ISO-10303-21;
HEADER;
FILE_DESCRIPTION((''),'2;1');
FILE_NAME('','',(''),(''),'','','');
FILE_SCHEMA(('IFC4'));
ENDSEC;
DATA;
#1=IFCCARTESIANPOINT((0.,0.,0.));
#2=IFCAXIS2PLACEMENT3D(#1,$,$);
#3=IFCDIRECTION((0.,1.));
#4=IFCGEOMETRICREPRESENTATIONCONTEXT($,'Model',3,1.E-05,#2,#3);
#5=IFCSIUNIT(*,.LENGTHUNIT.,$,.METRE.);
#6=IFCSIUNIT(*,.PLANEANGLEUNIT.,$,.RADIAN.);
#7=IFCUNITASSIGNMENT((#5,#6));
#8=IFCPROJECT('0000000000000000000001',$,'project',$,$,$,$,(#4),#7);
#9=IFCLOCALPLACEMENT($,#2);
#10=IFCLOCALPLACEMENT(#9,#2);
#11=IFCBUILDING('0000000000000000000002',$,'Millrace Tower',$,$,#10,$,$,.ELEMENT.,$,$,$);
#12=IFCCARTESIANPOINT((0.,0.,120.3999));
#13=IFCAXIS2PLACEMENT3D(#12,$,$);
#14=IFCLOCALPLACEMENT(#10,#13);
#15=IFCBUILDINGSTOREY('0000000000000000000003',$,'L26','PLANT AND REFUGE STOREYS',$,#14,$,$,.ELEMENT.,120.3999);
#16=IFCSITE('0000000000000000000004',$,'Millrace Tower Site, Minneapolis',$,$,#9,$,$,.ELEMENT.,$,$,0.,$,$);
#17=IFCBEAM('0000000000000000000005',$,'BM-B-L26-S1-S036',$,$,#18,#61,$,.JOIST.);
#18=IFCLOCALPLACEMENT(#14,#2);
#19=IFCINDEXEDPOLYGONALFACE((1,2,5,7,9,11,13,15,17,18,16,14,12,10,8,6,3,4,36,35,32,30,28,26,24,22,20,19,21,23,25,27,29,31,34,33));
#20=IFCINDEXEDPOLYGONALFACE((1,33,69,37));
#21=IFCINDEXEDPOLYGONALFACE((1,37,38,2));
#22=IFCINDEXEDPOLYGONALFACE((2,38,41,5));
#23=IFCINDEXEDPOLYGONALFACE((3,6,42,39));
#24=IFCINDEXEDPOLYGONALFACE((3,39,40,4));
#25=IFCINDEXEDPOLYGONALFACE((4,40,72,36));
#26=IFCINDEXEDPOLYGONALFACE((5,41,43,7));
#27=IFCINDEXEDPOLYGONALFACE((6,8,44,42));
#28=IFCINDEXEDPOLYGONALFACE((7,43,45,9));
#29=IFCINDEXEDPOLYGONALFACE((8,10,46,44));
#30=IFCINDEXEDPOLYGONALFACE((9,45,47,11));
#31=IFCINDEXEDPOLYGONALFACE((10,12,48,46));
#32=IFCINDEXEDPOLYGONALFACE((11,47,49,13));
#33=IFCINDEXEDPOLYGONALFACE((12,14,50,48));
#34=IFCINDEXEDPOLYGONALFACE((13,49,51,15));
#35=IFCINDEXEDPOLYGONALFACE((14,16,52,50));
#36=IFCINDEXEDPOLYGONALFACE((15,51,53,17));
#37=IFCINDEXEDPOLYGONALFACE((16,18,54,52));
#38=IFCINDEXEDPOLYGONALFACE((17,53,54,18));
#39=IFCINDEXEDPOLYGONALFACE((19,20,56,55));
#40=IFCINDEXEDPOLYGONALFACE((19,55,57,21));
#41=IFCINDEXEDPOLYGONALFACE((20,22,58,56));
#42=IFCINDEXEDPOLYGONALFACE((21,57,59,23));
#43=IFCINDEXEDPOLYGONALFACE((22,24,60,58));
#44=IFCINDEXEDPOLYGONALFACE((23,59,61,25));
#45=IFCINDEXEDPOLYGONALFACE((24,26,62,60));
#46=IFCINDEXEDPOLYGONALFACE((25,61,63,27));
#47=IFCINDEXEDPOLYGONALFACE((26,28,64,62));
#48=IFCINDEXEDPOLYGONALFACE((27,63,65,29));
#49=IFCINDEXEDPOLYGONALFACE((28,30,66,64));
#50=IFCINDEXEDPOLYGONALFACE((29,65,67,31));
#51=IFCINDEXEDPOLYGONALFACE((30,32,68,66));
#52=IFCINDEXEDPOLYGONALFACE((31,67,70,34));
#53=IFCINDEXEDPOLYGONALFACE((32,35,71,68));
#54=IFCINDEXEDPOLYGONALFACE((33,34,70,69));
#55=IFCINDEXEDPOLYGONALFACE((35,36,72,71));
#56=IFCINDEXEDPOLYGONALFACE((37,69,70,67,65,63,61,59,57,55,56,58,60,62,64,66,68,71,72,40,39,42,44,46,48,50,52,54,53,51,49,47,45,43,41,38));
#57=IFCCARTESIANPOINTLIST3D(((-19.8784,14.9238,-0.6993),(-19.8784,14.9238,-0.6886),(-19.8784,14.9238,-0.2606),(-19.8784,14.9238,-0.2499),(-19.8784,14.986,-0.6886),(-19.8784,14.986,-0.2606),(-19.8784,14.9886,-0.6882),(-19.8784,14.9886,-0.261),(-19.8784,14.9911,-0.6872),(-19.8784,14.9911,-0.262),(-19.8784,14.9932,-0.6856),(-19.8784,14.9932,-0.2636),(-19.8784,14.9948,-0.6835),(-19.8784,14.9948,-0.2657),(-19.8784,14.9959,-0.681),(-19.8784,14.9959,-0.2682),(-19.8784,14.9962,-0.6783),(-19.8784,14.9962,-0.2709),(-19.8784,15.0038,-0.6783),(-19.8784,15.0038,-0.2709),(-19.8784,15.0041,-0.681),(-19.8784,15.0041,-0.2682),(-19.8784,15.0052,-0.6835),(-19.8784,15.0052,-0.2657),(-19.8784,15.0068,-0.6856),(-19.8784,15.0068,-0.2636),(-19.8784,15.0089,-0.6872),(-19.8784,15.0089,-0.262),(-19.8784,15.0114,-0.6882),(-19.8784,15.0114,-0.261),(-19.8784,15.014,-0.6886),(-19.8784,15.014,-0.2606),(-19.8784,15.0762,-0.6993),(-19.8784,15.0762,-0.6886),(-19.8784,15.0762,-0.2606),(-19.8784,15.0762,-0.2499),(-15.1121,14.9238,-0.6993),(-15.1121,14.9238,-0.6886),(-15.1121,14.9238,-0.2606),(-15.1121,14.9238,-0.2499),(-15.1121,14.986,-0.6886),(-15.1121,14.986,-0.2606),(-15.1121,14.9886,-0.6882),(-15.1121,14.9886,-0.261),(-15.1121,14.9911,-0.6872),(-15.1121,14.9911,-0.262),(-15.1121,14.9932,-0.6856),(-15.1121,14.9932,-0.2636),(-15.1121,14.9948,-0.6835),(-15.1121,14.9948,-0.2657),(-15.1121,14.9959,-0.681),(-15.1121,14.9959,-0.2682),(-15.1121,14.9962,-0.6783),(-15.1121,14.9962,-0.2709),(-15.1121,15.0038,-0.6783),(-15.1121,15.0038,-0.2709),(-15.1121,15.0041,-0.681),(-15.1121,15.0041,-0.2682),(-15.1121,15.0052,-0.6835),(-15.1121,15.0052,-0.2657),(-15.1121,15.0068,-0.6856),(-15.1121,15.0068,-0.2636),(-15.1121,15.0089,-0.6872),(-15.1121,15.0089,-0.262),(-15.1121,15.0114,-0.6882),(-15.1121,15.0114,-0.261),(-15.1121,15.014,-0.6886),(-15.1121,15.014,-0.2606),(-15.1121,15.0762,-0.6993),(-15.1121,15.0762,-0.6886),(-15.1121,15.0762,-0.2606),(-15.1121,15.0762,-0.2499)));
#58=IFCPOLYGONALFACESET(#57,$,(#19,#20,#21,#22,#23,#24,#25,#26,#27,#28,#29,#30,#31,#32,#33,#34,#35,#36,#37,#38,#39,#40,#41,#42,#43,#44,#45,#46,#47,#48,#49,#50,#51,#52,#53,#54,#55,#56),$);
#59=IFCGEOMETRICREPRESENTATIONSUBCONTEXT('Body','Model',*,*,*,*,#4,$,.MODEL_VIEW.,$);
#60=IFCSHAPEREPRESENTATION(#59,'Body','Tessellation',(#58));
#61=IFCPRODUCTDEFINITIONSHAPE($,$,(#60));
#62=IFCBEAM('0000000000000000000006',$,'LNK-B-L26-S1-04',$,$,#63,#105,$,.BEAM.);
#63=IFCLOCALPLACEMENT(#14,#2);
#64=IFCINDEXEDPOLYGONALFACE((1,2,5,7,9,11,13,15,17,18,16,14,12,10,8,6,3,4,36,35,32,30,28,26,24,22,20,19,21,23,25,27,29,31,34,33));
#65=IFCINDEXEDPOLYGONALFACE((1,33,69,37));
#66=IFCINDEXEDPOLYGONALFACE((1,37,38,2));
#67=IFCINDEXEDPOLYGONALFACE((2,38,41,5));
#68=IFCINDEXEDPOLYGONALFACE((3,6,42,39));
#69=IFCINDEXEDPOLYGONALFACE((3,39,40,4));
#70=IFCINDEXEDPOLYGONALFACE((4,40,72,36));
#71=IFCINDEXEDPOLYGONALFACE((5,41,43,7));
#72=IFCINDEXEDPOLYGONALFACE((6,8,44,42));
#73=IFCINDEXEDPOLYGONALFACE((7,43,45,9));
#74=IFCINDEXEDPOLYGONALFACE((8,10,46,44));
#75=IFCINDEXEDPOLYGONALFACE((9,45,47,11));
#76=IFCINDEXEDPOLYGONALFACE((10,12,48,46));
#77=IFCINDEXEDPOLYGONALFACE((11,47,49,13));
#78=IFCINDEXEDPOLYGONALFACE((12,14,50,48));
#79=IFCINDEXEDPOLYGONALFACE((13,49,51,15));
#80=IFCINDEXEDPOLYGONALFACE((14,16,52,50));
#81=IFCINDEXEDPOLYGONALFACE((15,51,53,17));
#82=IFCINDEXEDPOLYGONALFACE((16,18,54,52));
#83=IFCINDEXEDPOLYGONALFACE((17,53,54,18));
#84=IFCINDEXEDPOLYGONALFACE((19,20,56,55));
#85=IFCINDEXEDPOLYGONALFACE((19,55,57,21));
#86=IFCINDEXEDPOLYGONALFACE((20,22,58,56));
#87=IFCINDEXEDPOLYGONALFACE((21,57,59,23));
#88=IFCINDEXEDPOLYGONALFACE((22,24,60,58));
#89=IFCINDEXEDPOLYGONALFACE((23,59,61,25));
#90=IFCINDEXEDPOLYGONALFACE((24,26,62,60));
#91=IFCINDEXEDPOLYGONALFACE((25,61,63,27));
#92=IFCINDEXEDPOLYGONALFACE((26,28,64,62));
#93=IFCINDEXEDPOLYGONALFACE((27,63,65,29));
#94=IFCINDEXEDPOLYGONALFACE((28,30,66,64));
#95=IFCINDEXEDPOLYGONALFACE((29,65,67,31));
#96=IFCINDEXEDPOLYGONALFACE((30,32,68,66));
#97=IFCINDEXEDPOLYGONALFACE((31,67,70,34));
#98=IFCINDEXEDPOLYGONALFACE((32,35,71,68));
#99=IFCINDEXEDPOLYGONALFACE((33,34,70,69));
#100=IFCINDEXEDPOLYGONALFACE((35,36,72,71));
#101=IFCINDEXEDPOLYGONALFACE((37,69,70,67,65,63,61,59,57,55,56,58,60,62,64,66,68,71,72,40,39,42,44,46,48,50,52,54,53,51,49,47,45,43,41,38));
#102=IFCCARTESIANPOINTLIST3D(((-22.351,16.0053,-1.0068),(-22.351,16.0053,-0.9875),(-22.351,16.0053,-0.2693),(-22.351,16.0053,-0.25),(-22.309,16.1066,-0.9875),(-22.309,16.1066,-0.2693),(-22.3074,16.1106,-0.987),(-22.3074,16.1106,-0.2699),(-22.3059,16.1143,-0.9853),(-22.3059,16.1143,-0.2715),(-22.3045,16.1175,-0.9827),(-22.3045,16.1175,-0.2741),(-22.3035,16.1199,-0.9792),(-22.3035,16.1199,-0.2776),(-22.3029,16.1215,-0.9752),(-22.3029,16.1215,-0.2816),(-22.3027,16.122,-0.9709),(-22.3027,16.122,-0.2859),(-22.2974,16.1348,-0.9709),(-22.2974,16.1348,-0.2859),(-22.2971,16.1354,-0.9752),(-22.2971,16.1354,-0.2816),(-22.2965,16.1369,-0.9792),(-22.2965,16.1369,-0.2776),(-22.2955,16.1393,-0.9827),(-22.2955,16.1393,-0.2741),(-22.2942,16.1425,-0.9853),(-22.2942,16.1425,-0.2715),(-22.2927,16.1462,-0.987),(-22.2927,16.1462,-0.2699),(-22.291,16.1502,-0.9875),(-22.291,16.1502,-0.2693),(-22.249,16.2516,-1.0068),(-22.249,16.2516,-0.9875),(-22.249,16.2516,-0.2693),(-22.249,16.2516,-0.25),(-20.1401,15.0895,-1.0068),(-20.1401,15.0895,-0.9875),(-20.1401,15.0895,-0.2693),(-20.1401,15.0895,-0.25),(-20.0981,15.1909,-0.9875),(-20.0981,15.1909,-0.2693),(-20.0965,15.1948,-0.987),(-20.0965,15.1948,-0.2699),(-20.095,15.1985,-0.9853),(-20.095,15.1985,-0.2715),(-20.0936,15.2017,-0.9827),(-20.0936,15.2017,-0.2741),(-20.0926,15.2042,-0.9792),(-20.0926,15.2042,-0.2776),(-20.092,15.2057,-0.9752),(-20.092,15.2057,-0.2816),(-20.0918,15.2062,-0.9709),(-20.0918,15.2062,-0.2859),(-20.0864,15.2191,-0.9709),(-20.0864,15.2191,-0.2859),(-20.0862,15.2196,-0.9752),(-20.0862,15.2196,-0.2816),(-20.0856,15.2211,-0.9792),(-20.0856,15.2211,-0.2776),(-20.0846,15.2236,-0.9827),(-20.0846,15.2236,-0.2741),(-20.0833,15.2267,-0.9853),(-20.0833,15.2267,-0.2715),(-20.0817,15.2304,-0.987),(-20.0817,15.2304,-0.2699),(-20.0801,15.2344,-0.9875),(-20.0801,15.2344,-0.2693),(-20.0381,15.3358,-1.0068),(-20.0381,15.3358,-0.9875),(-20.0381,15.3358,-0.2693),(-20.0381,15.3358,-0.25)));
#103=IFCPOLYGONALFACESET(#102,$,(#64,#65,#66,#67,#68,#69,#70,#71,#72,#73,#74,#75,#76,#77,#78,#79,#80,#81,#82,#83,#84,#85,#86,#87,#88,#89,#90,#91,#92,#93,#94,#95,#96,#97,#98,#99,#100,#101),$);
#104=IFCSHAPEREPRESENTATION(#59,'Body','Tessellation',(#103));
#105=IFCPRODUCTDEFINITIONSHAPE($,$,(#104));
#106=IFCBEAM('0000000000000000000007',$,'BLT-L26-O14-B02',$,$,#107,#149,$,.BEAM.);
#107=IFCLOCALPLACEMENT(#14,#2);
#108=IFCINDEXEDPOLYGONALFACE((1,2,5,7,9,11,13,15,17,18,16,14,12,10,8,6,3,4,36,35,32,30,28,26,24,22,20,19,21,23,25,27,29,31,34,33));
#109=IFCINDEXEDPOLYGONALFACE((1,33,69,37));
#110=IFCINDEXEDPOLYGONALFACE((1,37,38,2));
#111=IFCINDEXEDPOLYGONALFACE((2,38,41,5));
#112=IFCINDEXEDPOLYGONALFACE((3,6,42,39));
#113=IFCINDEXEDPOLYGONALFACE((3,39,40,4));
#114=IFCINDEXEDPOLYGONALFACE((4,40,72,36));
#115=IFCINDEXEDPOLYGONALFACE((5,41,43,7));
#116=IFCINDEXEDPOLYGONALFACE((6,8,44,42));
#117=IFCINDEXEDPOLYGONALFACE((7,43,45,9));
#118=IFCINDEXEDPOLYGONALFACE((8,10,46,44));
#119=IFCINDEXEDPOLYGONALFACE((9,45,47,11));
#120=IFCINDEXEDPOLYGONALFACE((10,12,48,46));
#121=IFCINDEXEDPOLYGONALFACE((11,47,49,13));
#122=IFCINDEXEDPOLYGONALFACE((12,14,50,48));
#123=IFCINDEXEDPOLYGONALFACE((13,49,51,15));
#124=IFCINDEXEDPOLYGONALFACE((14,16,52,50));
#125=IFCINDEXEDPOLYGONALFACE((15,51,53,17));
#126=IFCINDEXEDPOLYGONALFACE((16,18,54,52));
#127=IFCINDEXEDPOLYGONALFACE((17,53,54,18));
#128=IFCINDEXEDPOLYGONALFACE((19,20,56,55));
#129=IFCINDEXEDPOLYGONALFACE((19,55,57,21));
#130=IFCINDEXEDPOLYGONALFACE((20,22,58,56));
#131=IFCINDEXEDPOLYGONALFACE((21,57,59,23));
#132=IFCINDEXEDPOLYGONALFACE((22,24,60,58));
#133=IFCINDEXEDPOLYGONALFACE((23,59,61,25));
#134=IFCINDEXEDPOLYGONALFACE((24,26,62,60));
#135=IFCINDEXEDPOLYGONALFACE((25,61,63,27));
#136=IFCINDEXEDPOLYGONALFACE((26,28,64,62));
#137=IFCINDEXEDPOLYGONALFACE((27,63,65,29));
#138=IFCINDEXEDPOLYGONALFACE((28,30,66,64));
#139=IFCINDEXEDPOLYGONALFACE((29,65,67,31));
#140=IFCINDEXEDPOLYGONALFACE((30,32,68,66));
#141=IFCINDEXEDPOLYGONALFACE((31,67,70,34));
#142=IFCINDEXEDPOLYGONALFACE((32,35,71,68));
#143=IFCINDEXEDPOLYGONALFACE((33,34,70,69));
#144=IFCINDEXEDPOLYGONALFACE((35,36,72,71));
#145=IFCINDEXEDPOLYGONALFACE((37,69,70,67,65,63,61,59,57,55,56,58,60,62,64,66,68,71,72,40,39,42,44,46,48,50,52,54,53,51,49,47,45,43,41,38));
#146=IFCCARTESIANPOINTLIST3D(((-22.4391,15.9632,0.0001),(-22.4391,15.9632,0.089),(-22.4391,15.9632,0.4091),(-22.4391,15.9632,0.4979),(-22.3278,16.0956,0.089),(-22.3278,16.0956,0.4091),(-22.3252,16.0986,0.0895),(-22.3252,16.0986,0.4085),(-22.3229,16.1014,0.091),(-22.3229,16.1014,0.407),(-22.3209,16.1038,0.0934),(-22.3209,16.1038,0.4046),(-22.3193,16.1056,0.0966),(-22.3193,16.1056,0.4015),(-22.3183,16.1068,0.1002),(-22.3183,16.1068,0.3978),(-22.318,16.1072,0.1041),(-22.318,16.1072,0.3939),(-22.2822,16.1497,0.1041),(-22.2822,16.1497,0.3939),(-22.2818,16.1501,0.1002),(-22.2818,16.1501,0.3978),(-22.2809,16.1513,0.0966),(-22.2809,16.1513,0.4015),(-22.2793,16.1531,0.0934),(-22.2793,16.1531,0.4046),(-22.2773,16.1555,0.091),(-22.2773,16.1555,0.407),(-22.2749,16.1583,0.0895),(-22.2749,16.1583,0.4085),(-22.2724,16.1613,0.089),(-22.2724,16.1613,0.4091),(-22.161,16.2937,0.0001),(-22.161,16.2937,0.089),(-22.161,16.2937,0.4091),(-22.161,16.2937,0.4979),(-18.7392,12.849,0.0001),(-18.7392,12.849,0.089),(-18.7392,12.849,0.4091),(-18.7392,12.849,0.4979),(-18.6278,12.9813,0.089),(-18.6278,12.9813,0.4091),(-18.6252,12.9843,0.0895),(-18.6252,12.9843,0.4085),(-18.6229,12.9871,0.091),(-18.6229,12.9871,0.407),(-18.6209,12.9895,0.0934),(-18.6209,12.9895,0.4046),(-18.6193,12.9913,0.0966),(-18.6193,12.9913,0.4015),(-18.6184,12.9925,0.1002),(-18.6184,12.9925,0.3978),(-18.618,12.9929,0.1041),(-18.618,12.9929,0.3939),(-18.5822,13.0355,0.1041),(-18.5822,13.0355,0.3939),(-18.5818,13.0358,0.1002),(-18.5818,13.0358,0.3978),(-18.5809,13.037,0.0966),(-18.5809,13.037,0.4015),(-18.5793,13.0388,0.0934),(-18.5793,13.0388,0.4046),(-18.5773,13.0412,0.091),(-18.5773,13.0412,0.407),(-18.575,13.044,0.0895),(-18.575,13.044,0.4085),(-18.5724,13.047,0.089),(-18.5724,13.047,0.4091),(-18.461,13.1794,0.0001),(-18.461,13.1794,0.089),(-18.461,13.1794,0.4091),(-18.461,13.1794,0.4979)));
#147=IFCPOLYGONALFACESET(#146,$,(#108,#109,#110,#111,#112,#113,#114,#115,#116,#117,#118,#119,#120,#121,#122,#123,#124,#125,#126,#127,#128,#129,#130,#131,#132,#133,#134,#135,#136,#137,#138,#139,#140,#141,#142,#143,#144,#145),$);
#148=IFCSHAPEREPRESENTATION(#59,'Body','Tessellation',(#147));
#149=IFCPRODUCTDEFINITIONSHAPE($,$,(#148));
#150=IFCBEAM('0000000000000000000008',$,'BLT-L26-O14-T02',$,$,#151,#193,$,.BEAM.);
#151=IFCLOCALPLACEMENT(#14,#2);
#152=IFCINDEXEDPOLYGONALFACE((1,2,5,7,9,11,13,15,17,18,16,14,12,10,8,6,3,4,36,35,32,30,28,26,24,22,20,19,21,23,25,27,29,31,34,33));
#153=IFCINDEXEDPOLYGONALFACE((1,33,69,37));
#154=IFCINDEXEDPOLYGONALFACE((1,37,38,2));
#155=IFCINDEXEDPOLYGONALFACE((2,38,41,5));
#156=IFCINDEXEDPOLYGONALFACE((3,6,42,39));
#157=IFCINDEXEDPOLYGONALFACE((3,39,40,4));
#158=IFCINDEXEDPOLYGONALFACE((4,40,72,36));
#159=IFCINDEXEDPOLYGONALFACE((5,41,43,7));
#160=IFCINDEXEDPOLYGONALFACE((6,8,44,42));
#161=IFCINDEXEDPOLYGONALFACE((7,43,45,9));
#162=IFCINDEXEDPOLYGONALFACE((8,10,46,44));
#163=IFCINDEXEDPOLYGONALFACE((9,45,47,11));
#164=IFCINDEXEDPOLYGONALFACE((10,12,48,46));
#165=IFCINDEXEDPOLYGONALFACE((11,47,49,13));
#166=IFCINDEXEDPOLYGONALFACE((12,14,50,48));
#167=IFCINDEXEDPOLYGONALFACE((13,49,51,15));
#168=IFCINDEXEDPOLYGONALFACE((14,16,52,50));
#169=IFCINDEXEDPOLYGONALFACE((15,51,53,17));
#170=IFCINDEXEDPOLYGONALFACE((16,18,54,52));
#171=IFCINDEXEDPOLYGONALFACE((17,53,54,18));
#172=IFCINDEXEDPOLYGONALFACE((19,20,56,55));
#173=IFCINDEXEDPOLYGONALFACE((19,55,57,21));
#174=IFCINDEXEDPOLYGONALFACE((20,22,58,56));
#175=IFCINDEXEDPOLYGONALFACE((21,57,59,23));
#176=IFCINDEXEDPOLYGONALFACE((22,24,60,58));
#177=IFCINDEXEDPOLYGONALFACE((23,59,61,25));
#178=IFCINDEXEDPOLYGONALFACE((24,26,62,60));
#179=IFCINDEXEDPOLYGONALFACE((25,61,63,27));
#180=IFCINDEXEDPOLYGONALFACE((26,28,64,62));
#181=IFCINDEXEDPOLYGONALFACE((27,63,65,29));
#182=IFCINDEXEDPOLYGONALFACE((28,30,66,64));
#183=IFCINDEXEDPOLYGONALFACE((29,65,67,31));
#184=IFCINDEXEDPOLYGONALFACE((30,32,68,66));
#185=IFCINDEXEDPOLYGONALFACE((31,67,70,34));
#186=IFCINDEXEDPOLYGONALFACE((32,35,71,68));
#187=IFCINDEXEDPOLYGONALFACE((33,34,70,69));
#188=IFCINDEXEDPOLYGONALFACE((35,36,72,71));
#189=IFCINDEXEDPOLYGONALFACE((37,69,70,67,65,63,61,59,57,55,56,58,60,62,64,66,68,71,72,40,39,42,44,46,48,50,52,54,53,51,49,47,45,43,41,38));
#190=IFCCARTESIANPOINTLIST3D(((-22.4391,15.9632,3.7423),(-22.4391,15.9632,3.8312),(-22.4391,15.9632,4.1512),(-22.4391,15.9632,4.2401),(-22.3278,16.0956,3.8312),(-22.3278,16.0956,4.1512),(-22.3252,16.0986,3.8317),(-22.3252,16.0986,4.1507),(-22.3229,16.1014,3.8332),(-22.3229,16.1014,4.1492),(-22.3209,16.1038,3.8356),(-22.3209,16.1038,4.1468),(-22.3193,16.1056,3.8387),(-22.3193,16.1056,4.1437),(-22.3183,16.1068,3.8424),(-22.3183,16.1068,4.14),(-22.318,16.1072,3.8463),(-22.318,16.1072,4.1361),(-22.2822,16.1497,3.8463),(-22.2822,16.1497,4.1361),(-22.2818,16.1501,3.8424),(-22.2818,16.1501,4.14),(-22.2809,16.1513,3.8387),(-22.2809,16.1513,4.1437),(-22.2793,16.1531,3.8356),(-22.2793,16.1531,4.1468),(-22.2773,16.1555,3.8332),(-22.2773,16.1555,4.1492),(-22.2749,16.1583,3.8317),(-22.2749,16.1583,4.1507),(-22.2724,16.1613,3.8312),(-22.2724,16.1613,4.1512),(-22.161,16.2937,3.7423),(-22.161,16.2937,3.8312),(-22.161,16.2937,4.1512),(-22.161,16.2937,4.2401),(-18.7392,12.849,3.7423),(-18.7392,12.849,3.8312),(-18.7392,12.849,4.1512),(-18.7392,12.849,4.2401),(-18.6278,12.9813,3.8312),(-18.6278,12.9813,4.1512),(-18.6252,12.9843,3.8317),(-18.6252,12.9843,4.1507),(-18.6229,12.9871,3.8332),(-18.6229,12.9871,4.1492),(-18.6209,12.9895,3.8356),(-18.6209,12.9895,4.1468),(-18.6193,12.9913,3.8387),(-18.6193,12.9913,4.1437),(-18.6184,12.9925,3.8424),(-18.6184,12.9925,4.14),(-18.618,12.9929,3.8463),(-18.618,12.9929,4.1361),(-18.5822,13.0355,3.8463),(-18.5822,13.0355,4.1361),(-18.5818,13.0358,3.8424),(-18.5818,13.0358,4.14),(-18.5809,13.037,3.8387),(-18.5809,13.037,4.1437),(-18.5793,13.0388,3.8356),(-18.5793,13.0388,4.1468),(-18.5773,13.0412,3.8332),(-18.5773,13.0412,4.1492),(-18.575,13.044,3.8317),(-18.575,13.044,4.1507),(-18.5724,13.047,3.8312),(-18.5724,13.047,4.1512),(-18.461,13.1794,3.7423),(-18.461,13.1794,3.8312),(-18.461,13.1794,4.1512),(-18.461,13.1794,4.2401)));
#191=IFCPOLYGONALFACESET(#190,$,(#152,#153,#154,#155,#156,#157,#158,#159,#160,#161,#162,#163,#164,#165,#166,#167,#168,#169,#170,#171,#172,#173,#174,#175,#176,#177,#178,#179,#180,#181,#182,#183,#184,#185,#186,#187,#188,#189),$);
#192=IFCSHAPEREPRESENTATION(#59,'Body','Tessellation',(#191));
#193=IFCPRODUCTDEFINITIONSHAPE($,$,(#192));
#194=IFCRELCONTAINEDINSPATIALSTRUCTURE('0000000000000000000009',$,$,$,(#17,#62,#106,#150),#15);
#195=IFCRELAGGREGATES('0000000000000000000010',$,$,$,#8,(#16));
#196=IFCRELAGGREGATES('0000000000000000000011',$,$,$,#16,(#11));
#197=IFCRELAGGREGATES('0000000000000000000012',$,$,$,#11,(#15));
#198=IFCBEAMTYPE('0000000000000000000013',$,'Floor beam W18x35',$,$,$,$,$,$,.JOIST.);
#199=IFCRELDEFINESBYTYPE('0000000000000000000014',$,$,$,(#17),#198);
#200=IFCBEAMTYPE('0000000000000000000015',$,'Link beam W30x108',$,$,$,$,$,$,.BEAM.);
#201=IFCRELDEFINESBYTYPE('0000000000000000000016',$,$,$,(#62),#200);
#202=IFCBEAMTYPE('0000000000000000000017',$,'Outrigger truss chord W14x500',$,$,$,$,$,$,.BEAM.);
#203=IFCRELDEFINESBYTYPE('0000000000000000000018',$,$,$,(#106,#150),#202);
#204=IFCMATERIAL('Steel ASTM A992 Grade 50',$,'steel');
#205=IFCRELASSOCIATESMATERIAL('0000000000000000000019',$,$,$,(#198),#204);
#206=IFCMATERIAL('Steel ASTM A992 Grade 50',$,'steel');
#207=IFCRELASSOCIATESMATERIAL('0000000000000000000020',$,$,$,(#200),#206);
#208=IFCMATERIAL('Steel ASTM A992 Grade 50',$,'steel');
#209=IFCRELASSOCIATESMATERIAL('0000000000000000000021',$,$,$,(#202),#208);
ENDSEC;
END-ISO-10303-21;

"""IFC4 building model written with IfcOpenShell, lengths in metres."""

from ifc_helpers import new_model, si_unit, direction, frame, origin, origin_2d, place, context, subcontext, project, spatial, i_section, extrude, material, material_profile, profile_set, type_object, element, save


model = new_model("IFC4")

# Units and contexts
model_context = context("Model", 3, precision=1e-05, world=origin(), true_north=direction((0.0, 1.0)))
body_context = subcontext(model_context, "Body", "Model", "MODEL_VIEW")
ifc_project = project(units=[si_unit("LENGTHUNIT", "METRE"), si_unit("PLANEANGLEUNIT", "RADIAN")], contexts=[model_context])

# Site, building, storey
site_placement = place(None, origin())
site = spatial("IfcSite", under=ifc_project, at=site_placement, Name="Millrace Tower Site, Minneapolis", CompositionType="ELEMENT", RefElevation=0.0)
building_placement = place(site_placement, origin())
building = spatial("IfcBuilding", under=site, at=building_placement, Name="Millrace Tower", CompositionType="ELEMENT")
storey_placement = place(building_placement, frame((0.0, 0.0, 120.3999)))
storey = spatial("IfcBuildingStorey", under=building, at=storey_placement, Name="L26", Description="PLANT AND REFUGE STOREYS", CompositionType="ELEMENT", Elevation=120.3999)

# Beams
ifc_material_1 = material(Name="Steel ASTM A992 Grade 50", Category="steel")
ifc_material_profile_1 = material_profile(ifc_material_1, i_section(OverallWidth=0.1523, OverallDepth=0.4495, WebThickness=0.0076, FlangeThickness=0.0107, FilletRadius=0.0103, at=origin_2d()))
ifc_profile_set_1 = profile_set([ifc_material_profile_1], Name="Steel ASTM A992 Grade 50")
beam_type_1 = type_object("IfcBeamType", Name="Floor beam W18x35", PredefinedType="JOIST", material=ifc_profile_set_1)
for number, where, z_axis, x_axis, name in (
    (1, (-19.8784, 15.0, -0.4746), (1.0, 0.0, 0.0), (0.0, 1.0, 0.0), "BM-B-L26-S1-S036"),
):
    element("IfcBeam", number, at=place(storey_placement, frame(where, z_axis=z_axis, x_axis=x_axis)), inside=storey, type_object=beam_type_1, Name=name, PredefinedType="JOIST", context=body_context, shape_type="SweptSolid", body=[
        extrude(i_section(OverallWidth=0.1523, OverallDepth=0.4495, WebThickness=0.0076, FlangeThickness=0.0107, FilletRadius=0.0103, at=origin_2d()), origin(), (0.0, 0.0, 1.0), 4.7664),
    ])
ifc_material_2 = material(Name="Steel ASTM A992 Grade 50", Category="steel")
ifc_material_profile_2 = material_profile(ifc_material_2, i_section(OverallWidth=0.2666, OverallDepth=0.7568, WebThickness=0.0139, FlangeThickness=0.0193, FilletRadius=0.0166, at=origin_2d()))
ifc_profile_set_2 = profile_set([ifc_material_profile_2], Name="Steel ASTM A992 Grade 50")
beam_type_2 = type_object("IfcBeamType", Name="Link beam W30x108", PredefinedType="BEAM", material=ifc_profile_set_2)
beam_1_placement = place(storey_placement, frame((-20.0891, 15.2126, -0.6284), z_axis=(-0.923884, 0.382673, 0.0), x_axis=(-0.382673, -0.923884, 0.0)))
element("IfcBeam", 2, at=beam_1_placement, inside=storey, type_object=beam_type_2, Name="LNK-B-L26-S1-04", PredefinedType="BEAM", context=body_context, shape_type="SweptSolid", body=[
    extrude(i_section(OverallWidth=0.2666, OverallDepth=0.7568, WebThickness=0.0139, FlangeThickness=0.0193, FilletRadius=0.0166, at=origin_2d()), origin(), (0.0, 0.0, 1.0), 2.3931),
])
ifc_material_3 = material(Name="Steel ASTM A992 Grade 50", Category="steel")
ifc_material_profile_3 = material_profile(ifc_material_3, i_section(OverallWidth=0.4319, OverallDepth=0.4978, WebThickness=0.0557, FlangeThickness=0.0889, FilletRadius=0.0151, at=origin_2d()))
ifc_profile_set_3 = profile_set([ifc_material_profile_3], Name="Steel ASTM A992 Grade 50")
beam_type_3 = type_object("IfcBeamType", Name="Outrigger truss chord W14x500", PredefinedType="BEAM", material=ifc_profile_set_3)
for number, where, z_axis, x_axis, name in (
    (3, (-18.6001, 13.0142, 0.249), (-0.765063, 0.643955, 0.0), (-0.643955, -0.765063, 0.0), "BLT-L26-O14-B02"),
    (4, (-18.6001, 13.0142, 3.9912), (-0.765063, 0.643955, 0.0), (-0.643955, -0.765063, 0.0), "BLT-L26-O14-T02"),
):
    element("IfcBeam", number, at=place(storey_placement, frame(where, z_axis=z_axis, x_axis=x_axis)), inside=storey, type_object=beam_type_3, Name=name, PredefinedType="BEAM", context=body_context, shape_type="SweptSolid", body=[
        extrude(i_section(OverallWidth=0.4319, OverallDepth=0.4978, WebThickness=0.0557, FlangeThickness=0.0889, FilletRadius=0.0151, at=origin_2d()), origin(), (0.0, 0.0, 1.0), 4.8362),
    ])

save(model, "model.ifc")
